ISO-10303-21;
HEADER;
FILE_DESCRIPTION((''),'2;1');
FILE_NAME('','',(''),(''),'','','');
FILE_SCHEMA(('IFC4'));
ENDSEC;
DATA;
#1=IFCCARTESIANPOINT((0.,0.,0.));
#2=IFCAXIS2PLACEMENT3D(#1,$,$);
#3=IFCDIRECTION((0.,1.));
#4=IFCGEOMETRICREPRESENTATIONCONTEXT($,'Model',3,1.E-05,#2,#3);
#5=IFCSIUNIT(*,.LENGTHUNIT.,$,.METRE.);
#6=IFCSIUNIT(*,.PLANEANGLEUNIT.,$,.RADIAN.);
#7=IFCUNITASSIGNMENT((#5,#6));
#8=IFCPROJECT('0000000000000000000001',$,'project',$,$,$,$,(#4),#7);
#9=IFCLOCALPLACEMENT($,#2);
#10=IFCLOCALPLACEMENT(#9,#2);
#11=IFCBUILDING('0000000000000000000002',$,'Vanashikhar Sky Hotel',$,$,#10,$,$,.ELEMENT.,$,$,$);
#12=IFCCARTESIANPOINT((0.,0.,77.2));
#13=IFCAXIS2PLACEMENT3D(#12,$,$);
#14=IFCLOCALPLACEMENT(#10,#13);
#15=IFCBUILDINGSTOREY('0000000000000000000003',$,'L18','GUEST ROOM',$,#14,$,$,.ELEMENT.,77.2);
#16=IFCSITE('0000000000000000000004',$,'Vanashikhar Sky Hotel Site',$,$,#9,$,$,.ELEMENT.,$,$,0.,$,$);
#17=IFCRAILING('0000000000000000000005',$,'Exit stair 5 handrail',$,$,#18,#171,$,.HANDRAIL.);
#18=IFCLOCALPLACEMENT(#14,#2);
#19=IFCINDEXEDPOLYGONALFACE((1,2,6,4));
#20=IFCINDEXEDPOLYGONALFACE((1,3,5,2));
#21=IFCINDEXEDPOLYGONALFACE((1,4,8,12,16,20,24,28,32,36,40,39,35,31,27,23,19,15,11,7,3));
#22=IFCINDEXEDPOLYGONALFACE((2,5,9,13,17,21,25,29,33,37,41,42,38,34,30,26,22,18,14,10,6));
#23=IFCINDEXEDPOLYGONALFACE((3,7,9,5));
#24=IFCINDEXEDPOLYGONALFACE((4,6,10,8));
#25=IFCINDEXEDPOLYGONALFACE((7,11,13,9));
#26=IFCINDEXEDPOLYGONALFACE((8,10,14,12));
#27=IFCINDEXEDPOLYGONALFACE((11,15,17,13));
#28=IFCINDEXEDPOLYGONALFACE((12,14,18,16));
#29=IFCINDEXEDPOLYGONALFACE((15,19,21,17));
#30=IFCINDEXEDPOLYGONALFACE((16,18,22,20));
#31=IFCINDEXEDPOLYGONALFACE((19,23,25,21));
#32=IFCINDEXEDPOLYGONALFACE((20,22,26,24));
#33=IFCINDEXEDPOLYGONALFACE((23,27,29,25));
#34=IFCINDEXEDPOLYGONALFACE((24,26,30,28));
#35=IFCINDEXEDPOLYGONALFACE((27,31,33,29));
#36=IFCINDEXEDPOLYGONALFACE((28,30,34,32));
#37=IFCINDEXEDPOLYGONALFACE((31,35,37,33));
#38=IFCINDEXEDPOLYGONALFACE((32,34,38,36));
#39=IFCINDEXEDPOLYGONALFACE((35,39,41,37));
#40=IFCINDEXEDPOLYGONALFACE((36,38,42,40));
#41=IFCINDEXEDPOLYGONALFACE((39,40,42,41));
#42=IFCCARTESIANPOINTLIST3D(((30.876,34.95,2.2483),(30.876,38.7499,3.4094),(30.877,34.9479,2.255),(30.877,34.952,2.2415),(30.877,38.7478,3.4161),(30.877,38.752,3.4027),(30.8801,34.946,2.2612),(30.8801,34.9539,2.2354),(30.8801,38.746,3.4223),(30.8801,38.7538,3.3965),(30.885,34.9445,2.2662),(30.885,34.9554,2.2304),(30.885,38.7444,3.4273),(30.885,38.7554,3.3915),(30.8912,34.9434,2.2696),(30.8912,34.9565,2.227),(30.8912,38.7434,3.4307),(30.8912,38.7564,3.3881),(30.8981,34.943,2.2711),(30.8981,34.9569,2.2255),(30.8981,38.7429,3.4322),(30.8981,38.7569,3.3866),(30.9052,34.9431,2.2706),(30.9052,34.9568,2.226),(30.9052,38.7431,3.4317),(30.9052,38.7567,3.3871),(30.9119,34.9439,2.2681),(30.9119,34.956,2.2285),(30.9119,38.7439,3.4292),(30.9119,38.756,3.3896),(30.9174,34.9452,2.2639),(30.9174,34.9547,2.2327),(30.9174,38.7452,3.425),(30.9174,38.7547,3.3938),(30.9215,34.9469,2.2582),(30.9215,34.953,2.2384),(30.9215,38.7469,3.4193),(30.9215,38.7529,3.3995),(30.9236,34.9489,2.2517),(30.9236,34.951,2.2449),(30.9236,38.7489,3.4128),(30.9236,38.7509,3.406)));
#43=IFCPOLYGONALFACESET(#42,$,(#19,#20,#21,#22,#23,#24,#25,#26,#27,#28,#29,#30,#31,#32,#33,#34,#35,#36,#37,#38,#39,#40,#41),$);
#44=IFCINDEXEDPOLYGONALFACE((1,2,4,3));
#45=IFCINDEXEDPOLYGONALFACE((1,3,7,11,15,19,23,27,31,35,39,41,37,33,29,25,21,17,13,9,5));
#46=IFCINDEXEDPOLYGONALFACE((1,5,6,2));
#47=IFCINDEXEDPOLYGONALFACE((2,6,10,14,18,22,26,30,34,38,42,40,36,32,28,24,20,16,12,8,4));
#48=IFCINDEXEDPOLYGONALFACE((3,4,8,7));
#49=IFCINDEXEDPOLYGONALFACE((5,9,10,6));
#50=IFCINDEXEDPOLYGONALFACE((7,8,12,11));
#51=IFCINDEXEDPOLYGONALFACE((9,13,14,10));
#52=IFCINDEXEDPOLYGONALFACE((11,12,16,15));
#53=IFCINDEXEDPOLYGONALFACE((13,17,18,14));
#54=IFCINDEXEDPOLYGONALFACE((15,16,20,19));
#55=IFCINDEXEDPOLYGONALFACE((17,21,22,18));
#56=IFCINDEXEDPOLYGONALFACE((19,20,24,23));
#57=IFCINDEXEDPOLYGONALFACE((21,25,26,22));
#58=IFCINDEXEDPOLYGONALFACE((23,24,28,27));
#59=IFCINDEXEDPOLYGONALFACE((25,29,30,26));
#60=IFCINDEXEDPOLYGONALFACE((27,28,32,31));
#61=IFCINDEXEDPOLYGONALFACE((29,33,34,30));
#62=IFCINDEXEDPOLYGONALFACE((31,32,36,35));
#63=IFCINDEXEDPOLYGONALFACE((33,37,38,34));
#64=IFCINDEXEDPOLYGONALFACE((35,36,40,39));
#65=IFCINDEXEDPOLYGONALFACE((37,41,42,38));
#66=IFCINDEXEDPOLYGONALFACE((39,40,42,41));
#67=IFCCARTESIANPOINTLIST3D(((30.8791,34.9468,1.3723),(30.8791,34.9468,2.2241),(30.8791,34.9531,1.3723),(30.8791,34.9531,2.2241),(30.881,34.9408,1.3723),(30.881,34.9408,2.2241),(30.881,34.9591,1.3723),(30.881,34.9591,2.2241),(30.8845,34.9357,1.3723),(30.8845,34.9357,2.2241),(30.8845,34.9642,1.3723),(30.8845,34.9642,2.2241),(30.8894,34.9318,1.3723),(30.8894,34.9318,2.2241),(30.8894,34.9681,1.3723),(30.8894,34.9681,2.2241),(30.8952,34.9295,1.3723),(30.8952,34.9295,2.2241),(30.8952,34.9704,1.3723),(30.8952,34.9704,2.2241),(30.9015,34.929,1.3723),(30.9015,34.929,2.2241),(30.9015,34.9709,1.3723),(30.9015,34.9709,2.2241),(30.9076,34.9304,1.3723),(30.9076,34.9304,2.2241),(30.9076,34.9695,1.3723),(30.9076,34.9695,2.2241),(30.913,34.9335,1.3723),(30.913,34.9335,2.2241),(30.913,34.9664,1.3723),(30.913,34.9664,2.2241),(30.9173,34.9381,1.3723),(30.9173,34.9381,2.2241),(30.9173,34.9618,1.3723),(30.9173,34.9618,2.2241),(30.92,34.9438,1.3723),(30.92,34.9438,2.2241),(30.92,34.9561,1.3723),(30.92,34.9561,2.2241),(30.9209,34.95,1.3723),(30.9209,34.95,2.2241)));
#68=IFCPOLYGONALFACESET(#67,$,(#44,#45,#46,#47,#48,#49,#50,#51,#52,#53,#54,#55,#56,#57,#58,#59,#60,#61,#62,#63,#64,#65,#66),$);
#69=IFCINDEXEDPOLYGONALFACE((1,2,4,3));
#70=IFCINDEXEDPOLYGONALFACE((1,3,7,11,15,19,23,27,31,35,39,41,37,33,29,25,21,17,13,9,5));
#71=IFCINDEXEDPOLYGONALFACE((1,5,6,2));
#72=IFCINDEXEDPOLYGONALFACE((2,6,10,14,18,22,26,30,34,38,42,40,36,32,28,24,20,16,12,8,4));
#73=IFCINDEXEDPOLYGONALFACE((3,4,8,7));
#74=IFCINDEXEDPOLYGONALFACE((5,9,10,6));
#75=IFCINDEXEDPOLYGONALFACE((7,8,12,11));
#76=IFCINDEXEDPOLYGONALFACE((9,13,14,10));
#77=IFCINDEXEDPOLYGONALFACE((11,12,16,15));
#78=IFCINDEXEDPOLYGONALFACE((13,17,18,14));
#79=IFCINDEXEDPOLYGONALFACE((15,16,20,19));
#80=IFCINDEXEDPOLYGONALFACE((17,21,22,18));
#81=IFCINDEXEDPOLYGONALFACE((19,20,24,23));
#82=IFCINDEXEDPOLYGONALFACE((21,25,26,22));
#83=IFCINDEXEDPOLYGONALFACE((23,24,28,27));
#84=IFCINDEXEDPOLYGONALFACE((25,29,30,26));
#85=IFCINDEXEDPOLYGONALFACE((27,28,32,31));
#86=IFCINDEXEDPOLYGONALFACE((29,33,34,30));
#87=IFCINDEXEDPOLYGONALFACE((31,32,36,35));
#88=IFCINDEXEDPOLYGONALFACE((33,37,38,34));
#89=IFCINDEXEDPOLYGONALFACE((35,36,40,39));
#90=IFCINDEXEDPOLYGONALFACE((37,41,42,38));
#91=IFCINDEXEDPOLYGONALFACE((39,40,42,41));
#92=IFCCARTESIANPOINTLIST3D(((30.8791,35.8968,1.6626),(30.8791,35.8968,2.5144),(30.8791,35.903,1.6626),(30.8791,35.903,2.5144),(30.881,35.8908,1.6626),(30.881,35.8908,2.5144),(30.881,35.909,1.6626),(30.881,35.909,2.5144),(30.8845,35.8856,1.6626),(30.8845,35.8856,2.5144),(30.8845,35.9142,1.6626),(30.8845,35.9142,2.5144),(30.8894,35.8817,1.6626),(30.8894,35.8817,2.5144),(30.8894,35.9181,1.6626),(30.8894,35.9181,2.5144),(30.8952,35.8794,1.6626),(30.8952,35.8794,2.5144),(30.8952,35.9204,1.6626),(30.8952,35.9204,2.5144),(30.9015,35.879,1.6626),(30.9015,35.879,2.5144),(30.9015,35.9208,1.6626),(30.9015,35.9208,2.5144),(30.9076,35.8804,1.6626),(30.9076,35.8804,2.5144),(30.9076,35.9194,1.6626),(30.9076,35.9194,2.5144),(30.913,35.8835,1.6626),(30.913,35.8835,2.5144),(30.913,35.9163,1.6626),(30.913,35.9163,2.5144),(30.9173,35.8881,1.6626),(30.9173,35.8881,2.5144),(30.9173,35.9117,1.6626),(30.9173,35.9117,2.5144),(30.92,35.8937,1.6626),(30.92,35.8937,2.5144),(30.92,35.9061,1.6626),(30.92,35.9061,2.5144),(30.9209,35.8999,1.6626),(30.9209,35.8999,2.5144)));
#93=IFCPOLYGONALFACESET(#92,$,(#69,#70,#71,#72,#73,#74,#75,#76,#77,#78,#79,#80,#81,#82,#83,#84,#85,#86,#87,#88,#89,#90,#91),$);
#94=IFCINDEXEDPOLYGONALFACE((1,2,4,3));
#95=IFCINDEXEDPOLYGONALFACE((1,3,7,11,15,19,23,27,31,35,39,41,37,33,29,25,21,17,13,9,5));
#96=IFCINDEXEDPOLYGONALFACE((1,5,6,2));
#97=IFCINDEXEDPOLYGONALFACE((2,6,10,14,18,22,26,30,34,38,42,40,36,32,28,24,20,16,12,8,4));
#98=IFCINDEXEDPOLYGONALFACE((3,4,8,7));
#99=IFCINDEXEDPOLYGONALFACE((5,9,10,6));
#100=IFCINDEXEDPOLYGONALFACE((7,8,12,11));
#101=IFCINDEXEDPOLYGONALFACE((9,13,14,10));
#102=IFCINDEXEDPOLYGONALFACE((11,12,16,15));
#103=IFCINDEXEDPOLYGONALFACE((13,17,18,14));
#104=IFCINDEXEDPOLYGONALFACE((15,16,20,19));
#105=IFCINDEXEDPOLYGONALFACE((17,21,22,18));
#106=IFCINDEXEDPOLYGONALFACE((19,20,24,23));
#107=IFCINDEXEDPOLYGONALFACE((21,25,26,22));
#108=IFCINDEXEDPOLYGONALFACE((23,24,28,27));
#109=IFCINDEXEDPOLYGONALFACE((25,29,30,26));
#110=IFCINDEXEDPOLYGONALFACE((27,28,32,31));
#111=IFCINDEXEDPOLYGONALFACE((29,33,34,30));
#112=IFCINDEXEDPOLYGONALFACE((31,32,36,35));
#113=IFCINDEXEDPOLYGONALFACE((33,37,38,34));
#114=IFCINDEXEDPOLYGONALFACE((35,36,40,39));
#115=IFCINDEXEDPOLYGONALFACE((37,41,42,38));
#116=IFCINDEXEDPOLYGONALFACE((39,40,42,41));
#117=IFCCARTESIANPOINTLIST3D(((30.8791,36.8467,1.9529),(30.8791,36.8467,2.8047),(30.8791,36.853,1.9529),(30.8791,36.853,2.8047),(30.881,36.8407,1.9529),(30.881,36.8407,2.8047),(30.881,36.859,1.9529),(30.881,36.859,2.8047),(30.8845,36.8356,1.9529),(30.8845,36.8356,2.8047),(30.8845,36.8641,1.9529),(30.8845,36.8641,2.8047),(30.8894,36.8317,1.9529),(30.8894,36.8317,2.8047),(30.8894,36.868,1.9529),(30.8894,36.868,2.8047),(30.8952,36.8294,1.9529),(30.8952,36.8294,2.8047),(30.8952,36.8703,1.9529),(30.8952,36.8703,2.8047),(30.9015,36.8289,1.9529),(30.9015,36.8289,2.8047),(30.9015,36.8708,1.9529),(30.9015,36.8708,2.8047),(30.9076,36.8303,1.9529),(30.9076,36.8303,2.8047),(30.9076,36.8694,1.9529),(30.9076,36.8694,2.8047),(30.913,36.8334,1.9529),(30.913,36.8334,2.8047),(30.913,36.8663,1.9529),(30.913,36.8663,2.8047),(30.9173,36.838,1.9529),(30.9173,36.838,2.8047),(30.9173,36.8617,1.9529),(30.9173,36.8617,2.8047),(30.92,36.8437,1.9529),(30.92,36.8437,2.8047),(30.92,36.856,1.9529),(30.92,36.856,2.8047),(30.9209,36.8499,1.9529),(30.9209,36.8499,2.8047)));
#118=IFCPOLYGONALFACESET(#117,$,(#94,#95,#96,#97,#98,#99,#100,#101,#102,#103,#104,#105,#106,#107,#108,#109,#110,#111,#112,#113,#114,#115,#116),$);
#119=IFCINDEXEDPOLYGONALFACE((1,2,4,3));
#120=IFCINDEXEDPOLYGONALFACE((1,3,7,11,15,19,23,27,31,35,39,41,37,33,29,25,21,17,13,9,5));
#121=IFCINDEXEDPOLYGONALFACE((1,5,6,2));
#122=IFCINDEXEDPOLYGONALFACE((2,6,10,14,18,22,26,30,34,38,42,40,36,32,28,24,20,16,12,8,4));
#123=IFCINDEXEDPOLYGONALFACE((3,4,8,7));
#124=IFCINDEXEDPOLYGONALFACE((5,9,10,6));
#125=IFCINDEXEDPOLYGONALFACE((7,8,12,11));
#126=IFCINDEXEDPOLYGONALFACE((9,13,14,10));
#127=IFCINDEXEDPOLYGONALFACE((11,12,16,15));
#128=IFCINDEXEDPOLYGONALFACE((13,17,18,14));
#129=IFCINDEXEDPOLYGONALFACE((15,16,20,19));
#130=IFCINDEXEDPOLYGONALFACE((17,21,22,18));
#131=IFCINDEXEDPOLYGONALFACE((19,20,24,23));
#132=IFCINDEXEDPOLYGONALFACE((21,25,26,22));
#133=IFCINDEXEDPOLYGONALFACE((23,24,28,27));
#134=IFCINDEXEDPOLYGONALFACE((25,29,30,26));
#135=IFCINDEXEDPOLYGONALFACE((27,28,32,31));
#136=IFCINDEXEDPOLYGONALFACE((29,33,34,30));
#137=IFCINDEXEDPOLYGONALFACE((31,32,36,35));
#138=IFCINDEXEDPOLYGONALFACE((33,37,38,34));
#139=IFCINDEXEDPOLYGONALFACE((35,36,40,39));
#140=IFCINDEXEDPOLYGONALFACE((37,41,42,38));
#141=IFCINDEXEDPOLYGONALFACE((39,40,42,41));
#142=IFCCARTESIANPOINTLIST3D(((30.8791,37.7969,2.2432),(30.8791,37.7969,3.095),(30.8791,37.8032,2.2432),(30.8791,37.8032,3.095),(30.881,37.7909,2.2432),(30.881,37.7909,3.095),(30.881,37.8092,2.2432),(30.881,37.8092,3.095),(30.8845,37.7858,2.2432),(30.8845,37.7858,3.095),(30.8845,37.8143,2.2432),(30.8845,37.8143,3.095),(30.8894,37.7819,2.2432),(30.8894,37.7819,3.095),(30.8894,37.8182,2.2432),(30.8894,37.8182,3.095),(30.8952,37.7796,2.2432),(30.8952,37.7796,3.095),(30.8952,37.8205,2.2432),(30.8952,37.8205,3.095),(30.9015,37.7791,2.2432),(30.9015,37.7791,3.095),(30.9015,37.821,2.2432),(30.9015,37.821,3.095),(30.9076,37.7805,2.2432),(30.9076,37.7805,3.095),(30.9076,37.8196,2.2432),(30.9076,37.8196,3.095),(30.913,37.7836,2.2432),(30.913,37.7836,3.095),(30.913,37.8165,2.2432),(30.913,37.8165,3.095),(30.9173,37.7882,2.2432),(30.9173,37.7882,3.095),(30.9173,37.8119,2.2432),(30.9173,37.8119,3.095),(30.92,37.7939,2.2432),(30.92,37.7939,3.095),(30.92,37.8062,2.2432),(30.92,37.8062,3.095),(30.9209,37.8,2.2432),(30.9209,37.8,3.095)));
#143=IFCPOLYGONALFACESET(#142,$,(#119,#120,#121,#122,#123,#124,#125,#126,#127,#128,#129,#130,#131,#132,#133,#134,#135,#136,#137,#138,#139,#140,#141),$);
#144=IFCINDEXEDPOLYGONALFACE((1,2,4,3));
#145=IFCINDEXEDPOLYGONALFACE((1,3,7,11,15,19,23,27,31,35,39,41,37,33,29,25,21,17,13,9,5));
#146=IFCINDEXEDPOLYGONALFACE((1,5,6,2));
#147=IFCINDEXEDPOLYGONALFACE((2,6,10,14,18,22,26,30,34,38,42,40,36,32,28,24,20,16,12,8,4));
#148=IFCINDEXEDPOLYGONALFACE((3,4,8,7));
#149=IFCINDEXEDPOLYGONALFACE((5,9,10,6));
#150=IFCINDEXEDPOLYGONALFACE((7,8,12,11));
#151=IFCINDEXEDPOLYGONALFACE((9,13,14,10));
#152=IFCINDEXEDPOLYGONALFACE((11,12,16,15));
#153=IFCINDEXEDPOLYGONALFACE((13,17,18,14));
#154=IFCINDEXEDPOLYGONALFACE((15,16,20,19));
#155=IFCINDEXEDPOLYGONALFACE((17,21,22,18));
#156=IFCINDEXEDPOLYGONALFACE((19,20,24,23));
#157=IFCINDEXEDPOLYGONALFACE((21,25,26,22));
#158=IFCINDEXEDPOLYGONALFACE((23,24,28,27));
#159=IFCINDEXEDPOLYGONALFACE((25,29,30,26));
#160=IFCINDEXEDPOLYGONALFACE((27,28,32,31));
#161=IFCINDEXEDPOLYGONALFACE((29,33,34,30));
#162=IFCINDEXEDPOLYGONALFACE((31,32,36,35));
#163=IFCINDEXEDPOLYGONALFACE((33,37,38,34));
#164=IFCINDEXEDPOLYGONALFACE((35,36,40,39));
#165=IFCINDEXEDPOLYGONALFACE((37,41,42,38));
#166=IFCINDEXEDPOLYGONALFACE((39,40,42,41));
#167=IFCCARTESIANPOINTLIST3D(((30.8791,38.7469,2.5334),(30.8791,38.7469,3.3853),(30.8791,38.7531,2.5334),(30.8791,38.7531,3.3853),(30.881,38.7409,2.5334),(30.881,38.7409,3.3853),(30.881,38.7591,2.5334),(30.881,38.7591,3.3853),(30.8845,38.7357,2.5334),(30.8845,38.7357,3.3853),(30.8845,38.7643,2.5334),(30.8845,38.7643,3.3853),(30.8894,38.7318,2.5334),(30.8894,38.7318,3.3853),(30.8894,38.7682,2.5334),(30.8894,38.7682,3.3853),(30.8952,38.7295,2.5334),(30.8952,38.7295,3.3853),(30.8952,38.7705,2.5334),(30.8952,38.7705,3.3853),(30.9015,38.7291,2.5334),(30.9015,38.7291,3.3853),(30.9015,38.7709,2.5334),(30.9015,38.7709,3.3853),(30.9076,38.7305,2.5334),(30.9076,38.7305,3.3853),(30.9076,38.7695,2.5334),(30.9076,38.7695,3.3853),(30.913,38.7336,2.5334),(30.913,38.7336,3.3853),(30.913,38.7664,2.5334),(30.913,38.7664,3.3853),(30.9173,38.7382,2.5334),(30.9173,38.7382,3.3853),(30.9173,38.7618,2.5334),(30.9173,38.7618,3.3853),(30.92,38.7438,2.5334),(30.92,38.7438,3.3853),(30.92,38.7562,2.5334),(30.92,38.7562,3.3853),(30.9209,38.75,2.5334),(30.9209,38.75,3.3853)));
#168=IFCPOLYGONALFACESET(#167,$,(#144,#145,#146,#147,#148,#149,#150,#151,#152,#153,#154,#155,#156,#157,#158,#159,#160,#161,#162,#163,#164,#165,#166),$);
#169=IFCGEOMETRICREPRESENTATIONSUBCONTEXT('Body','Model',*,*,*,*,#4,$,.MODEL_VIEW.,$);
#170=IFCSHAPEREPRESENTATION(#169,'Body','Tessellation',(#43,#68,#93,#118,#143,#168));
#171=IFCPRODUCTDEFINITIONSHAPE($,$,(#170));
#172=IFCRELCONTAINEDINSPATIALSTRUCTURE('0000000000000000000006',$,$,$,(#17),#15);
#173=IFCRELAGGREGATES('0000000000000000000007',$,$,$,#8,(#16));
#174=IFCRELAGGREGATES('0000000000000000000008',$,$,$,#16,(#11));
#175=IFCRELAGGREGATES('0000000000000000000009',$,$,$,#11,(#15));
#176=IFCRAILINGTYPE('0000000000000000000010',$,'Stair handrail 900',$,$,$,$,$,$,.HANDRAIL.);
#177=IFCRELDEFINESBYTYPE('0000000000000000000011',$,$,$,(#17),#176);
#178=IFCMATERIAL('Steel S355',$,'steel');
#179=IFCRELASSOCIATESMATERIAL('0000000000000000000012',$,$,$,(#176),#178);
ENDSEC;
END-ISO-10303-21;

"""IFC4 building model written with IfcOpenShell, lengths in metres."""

from ifc_helpers import new_model, si_unit, direction, frame, origin, origin_2d, place, context, subcontext, project, spatial, circle, extrude, source, transform, mapped, material, type_object, element, save


model = new_model("IFC4")

# Units and contexts
model_context = context("Model", 3, precision=1e-05, world=origin(), true_north=direction((0.0, 1.0)))
body_context = subcontext(model_context, "Body", "Model", "MODEL_VIEW")
ifc_project = project(units=[si_unit("LENGTHUNIT", "METRE"), si_unit("PLANEANGLEUNIT", "RADIAN")], contexts=[model_context])

# Site, building, storey
site_placement = place(None, origin())
site = spatial("IfcSite", under=ifc_project, at=site_placement, Name="Vanashikhar Sky Hotel Site", CompositionType="ELEMENT", RefElevation=0.0)
building_placement = place(site_placement, origin())
building = spatial("IfcBuilding", under=site, at=building_placement, Name="Vanashikhar Sky Hotel", CompositionType="ELEMENT")
storey_placement = place(building_placement, frame((0.0, 0.0, 77.2)))
storey = spatial("IfcBuildingStorey", under=building, at=storey_placement, Name="L18", Description="GUEST ROOM", CompositionType="ELEMENT", Elevation=77.2)

# Railing
ifc_material_1 = material(Name="Steel S355", Category="steel")
railing_type_1 = type_object("IfcRailingType", Name="Stair handrail 900", PredefinedType="HANDRAIL", material=ifc_material_1)
shared_shape_1 = source(origin(), body_context, "Body", "SweptSolid", [
    extrude(circle(Radius=0.0239, at=origin_2d()), frame((0.0, 0.0, 0.876), z_axis=(0.0, 0.956351, 0.29222), x_axis=(-1.0, 0.0, 0.0)), (0.0, 0.0, 1.0), 3.9734),
    extrude(circle(Radius=0.021, at=origin_2d()), origin(), (0.0, 0.0, 1.0), 0.8518),
    extrude(circle(Radius=0.021, at=origin_2d()), frame((0.0, 0.95, 0.2903)), (0.0, 0.0, 1.0), 0.8518),
    extrude(circle(Radius=0.021, at=origin_2d()), frame((0.0, 1.8999, 0.5806)), (0.0, 0.0, 1.0), 0.8518),
    extrude(circle(Radius=0.021, at=origin_2d()), frame((0.0, 2.8501, 0.8708)), (0.0, 0.0, 1.0), 0.8518),
    extrude(circle(Radius=0.021, at=origin_2d()), frame((0.0, 3.8, 1.1611)), (0.0, 0.0, 1.0), 0.8518),
])
railing_1_placement = place(storey_placement, frame((30.8999, 34.95, 1.3723)))
element("IfcRailing", 1, at=railing_1_placement, inside=storey, type_object=railing_type_1, Name="Exit stair 5 handrail", PredefinedType="HANDRAIL", context=body_context, shape_type="MappedRepresentation", body=[
    mapped(shared_shape_1, transform((0.0, 0.0, 0.0), scale=1.0)),
])

save(model, "model.ifc")
